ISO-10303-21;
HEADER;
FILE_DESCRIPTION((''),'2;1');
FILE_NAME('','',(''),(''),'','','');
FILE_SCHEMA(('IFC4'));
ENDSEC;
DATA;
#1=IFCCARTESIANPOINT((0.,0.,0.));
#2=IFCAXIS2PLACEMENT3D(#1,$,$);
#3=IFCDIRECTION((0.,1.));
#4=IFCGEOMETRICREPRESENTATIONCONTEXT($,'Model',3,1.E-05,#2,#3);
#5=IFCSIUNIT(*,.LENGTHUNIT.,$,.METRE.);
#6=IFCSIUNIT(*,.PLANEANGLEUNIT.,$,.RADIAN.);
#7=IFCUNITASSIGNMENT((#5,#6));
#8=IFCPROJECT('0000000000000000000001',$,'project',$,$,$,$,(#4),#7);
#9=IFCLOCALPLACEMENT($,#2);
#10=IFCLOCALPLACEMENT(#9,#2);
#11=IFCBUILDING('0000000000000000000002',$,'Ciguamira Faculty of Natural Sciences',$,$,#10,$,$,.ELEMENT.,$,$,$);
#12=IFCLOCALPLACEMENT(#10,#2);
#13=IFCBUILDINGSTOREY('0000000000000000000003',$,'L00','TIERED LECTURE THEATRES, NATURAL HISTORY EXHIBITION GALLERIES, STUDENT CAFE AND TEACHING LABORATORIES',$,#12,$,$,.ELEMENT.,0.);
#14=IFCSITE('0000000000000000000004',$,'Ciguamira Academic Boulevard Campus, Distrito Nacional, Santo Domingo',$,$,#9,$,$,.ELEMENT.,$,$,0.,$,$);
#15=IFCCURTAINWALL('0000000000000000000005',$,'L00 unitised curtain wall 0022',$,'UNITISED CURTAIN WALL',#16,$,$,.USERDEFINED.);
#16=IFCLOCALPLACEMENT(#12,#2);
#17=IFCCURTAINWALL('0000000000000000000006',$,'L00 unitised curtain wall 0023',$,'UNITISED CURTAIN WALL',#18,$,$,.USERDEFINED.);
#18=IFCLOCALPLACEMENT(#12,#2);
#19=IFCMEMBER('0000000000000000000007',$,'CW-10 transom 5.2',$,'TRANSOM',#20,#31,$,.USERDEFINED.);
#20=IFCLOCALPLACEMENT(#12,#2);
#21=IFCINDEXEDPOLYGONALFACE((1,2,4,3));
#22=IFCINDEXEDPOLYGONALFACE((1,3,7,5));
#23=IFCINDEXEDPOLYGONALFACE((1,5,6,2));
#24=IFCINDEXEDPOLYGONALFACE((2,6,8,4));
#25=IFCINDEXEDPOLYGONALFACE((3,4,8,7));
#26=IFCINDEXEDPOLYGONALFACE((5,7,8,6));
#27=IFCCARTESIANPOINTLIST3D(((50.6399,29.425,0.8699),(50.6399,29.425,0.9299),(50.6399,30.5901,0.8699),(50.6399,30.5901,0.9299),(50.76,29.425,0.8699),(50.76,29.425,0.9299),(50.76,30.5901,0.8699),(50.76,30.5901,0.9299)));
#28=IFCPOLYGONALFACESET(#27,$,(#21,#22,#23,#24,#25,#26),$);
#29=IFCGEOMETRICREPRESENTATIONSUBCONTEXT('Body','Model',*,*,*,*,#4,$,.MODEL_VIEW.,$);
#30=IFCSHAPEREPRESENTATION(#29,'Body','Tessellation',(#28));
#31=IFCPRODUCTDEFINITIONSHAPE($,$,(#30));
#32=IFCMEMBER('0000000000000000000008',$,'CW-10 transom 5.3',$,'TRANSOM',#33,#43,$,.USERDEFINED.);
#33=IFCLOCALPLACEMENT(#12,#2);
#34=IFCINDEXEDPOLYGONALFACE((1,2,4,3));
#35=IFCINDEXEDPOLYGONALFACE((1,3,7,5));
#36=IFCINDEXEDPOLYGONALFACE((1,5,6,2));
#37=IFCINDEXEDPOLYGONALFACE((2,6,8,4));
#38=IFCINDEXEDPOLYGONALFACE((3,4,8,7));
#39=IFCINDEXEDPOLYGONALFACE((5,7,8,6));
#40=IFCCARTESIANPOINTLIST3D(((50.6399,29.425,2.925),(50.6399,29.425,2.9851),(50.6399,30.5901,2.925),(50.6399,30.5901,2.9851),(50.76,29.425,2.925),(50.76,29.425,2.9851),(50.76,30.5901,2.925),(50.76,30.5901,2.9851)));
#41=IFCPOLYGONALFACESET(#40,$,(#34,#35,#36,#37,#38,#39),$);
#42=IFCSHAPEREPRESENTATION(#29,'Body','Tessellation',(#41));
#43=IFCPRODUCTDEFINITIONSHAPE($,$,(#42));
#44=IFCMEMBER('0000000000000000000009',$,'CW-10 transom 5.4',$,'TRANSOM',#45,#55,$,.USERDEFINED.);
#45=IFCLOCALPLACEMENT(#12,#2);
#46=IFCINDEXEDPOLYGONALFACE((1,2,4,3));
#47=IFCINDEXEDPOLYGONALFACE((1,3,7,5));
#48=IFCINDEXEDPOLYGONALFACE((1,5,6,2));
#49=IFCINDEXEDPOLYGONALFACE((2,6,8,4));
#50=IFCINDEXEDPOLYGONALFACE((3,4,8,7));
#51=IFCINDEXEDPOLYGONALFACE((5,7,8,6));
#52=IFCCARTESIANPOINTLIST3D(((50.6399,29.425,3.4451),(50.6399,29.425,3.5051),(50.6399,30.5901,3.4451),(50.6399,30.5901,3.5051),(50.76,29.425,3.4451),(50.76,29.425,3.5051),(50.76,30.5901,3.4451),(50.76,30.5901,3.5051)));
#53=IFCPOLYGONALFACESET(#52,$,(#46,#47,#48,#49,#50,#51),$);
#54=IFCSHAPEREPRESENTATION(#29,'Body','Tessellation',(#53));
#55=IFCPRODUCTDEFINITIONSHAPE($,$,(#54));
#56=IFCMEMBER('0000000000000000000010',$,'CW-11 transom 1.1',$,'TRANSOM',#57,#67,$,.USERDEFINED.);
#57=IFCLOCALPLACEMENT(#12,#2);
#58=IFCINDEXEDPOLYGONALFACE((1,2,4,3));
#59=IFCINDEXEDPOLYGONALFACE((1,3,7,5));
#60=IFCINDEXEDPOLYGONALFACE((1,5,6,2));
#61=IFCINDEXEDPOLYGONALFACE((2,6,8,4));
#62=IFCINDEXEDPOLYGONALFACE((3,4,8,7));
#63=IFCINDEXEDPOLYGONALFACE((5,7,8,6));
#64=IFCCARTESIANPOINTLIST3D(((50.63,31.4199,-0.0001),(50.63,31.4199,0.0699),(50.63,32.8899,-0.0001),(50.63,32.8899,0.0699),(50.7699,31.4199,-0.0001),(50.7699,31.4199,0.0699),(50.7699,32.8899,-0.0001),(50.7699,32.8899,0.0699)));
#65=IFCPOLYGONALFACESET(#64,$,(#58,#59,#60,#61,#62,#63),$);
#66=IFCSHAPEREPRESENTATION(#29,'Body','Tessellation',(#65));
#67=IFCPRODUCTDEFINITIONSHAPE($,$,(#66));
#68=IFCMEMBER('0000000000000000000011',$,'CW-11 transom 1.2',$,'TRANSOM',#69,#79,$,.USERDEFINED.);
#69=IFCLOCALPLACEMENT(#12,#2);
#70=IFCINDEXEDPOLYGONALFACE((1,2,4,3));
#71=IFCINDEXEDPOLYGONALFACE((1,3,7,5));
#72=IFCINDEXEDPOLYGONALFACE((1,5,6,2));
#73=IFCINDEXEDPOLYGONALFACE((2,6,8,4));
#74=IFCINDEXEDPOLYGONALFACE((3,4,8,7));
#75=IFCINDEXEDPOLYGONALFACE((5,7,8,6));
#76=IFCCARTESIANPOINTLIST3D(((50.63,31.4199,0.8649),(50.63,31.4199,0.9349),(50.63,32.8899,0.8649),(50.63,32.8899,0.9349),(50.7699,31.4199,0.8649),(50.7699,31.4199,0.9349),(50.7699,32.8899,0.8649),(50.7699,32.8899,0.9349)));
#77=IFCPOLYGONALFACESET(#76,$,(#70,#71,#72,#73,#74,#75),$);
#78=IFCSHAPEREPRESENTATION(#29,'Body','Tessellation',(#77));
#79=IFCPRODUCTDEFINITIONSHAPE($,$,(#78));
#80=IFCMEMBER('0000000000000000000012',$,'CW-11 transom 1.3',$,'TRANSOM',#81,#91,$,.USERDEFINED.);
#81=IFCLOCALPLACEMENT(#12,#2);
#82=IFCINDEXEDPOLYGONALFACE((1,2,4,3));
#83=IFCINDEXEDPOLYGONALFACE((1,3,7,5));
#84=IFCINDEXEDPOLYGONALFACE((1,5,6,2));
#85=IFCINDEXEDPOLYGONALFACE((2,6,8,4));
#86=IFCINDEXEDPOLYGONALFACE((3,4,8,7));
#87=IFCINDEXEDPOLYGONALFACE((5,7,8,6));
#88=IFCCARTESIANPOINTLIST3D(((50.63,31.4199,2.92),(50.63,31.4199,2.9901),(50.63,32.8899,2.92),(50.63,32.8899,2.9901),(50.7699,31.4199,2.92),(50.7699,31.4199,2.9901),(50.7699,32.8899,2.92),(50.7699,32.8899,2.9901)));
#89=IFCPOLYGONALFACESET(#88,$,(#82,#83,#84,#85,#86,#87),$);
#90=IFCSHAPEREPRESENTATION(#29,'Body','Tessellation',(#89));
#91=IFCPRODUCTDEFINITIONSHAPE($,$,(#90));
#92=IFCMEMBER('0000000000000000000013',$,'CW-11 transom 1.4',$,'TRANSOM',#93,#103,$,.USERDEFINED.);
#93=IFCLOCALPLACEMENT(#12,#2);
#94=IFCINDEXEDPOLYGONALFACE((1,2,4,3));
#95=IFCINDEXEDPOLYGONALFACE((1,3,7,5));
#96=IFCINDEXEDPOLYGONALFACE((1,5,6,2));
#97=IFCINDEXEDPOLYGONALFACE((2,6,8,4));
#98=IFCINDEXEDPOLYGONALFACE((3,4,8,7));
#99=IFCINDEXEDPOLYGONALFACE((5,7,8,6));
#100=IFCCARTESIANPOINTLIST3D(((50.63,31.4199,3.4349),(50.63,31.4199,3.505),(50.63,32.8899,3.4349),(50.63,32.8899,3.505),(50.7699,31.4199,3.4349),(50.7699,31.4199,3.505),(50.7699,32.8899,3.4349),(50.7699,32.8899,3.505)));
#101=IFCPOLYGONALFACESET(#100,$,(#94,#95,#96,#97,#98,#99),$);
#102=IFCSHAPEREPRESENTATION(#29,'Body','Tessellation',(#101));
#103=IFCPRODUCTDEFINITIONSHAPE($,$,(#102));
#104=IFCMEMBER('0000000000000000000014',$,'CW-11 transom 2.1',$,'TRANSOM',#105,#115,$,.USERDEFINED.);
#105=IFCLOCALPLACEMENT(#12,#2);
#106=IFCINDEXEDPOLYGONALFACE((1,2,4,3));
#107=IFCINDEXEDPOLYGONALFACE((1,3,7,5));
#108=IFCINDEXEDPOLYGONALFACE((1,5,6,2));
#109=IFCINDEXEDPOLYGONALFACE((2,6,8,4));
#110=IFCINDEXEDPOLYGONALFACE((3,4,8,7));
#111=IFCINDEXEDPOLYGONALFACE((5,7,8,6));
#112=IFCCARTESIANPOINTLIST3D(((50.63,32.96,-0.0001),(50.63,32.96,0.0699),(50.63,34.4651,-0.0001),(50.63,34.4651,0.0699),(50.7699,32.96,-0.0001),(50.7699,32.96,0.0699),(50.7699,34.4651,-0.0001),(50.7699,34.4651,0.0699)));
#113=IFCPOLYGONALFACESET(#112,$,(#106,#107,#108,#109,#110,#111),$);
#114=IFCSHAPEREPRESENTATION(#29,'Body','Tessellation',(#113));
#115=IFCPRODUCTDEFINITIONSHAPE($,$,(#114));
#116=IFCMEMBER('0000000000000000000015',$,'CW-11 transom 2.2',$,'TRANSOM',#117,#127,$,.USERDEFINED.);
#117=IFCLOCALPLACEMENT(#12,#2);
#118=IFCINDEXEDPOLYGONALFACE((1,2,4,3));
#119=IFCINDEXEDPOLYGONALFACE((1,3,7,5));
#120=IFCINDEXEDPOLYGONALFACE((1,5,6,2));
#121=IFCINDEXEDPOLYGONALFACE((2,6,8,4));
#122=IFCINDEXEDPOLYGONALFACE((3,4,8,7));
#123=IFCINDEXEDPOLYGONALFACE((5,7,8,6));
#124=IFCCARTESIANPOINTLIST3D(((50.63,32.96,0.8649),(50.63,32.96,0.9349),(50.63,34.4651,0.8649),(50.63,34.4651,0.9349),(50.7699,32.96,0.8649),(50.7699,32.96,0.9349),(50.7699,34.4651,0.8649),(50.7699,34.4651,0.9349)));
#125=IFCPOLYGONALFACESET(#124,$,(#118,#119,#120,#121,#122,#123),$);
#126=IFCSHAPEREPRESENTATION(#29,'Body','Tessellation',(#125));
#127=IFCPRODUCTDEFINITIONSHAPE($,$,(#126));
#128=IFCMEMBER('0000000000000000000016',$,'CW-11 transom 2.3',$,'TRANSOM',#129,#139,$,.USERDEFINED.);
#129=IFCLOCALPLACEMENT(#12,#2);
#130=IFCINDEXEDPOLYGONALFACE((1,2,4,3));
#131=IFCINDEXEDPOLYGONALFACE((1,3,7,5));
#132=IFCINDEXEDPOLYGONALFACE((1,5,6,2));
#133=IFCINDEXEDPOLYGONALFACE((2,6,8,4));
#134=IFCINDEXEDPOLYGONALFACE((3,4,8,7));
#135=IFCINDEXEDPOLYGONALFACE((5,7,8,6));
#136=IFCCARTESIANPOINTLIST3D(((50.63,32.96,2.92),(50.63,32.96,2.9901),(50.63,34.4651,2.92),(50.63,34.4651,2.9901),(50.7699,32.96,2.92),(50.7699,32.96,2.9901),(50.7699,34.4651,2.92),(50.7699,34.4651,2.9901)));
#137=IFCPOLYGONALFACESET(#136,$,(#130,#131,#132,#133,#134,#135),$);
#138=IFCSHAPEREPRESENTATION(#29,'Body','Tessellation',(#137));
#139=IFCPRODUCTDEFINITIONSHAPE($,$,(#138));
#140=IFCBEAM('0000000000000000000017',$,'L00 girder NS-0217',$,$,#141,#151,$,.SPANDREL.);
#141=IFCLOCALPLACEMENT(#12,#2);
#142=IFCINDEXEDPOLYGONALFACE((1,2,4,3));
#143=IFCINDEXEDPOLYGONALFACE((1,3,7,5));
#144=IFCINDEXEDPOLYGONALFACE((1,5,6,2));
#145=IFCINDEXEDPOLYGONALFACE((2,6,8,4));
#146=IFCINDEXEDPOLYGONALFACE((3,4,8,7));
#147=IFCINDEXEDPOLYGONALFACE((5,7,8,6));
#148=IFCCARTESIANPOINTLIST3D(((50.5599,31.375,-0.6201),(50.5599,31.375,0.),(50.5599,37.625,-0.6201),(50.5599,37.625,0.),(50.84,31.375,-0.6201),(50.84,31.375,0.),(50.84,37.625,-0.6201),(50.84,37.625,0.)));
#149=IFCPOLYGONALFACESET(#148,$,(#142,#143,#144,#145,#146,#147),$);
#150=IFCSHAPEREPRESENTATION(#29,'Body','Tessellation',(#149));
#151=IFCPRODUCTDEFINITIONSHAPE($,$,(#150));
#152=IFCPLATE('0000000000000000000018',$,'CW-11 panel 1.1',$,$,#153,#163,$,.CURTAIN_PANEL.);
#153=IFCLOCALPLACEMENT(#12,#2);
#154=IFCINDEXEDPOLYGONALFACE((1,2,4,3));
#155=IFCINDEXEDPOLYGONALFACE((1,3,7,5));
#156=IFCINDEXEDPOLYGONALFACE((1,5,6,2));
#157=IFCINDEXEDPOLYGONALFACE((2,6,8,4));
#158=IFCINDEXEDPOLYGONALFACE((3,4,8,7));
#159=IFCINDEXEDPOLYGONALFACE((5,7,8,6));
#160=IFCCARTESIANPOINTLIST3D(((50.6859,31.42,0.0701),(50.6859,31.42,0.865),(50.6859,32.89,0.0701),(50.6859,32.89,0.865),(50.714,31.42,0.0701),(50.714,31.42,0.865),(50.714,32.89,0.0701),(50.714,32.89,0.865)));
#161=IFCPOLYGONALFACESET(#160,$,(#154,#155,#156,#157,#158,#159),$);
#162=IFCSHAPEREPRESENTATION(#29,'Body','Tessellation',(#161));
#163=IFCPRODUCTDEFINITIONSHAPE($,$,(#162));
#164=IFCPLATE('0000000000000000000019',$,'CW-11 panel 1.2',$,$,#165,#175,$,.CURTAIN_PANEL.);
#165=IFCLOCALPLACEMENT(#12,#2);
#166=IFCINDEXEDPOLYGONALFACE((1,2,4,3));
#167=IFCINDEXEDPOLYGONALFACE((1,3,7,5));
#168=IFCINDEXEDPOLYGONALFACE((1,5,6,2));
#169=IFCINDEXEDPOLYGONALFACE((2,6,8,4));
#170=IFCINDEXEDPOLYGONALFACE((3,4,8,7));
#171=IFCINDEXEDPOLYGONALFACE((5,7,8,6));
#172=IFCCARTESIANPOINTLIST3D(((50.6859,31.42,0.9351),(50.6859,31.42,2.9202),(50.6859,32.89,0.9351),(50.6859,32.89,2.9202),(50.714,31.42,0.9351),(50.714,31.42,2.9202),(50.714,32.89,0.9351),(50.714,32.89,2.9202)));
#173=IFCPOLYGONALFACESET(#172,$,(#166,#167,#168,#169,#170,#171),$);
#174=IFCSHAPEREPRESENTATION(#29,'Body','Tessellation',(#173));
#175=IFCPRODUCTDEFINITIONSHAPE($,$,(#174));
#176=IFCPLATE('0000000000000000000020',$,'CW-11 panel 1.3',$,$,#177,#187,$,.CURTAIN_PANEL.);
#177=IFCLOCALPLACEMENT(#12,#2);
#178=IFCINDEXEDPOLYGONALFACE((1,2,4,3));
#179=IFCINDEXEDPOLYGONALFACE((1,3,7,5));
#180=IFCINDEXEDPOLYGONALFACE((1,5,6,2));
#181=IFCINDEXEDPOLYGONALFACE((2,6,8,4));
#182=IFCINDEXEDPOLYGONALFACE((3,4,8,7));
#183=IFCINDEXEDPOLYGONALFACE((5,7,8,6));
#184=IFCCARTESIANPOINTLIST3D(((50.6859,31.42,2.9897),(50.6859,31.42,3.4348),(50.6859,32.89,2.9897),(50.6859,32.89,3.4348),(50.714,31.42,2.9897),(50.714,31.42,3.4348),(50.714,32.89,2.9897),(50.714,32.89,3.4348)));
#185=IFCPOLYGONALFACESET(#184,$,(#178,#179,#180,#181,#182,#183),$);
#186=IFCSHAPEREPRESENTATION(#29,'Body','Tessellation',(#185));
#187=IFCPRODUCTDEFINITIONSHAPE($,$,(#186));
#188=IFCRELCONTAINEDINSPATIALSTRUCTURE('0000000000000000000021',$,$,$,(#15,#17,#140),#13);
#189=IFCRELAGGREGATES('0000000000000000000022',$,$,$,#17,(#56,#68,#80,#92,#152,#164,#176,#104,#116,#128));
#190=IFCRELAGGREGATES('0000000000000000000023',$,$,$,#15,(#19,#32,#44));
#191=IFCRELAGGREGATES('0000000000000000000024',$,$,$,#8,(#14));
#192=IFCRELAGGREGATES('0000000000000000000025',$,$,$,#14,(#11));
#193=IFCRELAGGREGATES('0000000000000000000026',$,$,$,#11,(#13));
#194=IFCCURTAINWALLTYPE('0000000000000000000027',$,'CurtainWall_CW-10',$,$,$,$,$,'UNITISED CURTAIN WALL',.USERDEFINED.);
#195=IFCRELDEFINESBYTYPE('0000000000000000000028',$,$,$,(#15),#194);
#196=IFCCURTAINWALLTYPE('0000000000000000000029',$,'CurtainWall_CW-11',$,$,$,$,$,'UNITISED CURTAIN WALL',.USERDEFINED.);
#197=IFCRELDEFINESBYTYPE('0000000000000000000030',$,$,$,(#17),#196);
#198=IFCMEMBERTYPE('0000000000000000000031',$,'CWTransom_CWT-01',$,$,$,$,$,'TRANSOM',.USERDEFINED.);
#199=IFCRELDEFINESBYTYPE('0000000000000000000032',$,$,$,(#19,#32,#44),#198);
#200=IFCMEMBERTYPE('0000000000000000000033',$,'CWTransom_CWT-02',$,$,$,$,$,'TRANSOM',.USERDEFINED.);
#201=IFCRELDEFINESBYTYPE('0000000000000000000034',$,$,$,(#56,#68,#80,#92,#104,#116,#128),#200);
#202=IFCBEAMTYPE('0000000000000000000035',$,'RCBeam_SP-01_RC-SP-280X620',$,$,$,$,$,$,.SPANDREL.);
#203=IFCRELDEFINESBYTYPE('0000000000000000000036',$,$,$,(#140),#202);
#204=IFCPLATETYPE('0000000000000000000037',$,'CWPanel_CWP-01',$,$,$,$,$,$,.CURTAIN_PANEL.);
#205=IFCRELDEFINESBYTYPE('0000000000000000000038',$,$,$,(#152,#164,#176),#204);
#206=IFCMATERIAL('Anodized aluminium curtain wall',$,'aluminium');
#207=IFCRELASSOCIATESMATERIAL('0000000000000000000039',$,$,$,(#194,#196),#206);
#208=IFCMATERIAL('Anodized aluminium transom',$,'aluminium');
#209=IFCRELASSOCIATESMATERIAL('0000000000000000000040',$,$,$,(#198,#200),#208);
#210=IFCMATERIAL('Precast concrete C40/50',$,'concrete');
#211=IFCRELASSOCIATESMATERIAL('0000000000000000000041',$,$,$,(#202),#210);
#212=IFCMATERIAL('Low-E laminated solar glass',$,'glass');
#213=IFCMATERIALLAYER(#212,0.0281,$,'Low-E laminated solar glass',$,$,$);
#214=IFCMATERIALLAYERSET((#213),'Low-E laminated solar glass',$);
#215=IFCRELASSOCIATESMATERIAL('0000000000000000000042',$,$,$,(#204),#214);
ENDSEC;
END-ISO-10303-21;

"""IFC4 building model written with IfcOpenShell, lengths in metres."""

from ifc_helpers import new_model, si_unit, direction, frame, origin, origin_2d, place, context, subcontext, project, spatial, rectangle, extrude, material, layer, layer_set, material_profile, profile_set, type_object, element, aggregate, save


model = new_model("IFC4")

# Units and contexts
model_context = context("Model", 3, precision=1e-05, world=origin(), true_north=direction((0.0, 1.0)))
body_context = subcontext(model_context, "Body", "Model", "MODEL_VIEW")
ifc_project = project(units=[si_unit("LENGTHUNIT", "METRE"), si_unit("PLANEANGLEUNIT", "RADIAN")], contexts=[model_context])

# Site, building, storey
site_placement = place(None, origin())
site = spatial("IfcSite", under=ifc_project, at=site_placement, Name="Ciguamira Academic Boulevard Campus, Distrito Nacional, Santo Domingo", CompositionType="ELEMENT", RefElevation=0.0)
building_placement = place(site_placement, origin())
building = spatial("IfcBuilding", under=site, at=building_placement, Name="Ciguamira Faculty of Natural Sciences", CompositionType="ELEMENT")
storey_placement = place(building_placement, origin())
storey = spatial("IfcBuildingStorey", under=building, at=storey_placement, Name="L00", Description="TIERED LECTURE THEATRES, NATURAL HISTORY EXHIBITION GALLERIES, STUDENT CAFE AND TEACHING LABORATORIES", CompositionType="ELEMENT", Elevation=0.0)

# Curtain walls
ifc_material_1 = material(Name="Anodized aluminium curtain wall", Category="aluminium")
curtain_wall_type_1 = type_object("IfcCurtainWallType", Name="CurtainWall_CW-10", ElementType="UNITISED CURTAIN WALL", PredefinedType="USERDEFINED", material=ifc_material_1)
curtain_wall_1_placement = place(storey_placement, origin())
curtain_wall_1 = element("IfcCurtainWall", 1, at=curtain_wall_1_placement, inside=storey, type_object=curtain_wall_type_1, Name="L00 unitised curtain wall 0022", ObjectType="UNITISED CURTAIN WALL", PredefinedType="USERDEFINED")
curtain_wall_type_2 = type_object("IfcCurtainWallType", Name="CurtainWall_CW-11", ElementType="UNITISED CURTAIN WALL", PredefinedType="USERDEFINED", material=ifc_material_1)
curtain_wall_2_placement = place(storey_placement, origin())
curtain_wall_2 = element("IfcCurtainWall", 2, at=curtain_wall_2_placement, inside=storey, type_object=curtain_wall_type_2, Name="L00 unitised curtain wall 0023", ObjectType="UNITISED CURTAIN WALL", PredefinedType="USERDEFINED")

# Members
ifc_material_2 = material(Name="Anodized aluminium transom", Category="aluminium")
ifc_material_profile_1 = material_profile(ifc_material_2, rectangle(XDim=0.0601, YDim=0.1201, at=origin_2d()), Name="ALU-TRN-60X120")
ifc_profile_set_1 = profile_set([ifc_material_profile_1], Name="Anodized aluminium transom")
member_type_1 = type_object("IfcMemberType", Name="CWTransom_CWT-01", ElementType="TRANSOM", PredefinedType="USERDEFINED", material=ifc_profile_set_1)
member_1_placement = place(storey_placement, frame((50.7, 29.425, 0.8999), z_axis=(0.0, 1.0, 0.0), x_axis=(0.0, 0.0, 1.0)))
member_1 = element("IfcMember", 3, at=member_1_placement, type_object=member_type_1, Name="CW-10 transom 5.2", ObjectType="TRANSOM", PredefinedType="USERDEFINED", context=body_context, shape_type="SweptSolid", body=[
    extrude(rectangle(XDim=0.0601, YDim=0.1201, at=origin_2d()), origin(), (0.0, 0.0, 1.0), 1.165),
])
member_2_placement = place(storey_placement, frame((50.7, 29.425, 2.9551), z_axis=(0.0, 1.0, 0.0), x_axis=(0.0, 0.0, 1.0)))
member_2 = element("IfcMember", 4, at=member_2_placement, type_object=member_type_1, Name="CW-10 transom 5.3", ObjectType="TRANSOM", PredefinedType="USERDEFINED", context=body_context, shape_type="SweptSolid", body=[
    extrude(rectangle(XDim=0.0601, YDim=0.1201, at=origin_2d()), origin(), (0.0, 0.0, 1.0), 1.165),
])
member_3_placement = place(storey_placement, frame((50.7, 29.425, 3.4751), z_axis=(0.0, 1.0, 0.0), x_axis=(0.0, 0.0, 1.0)))
member_3 = element("IfcMember", 5, at=member_3_placement, type_object=member_type_1, Name="CW-10 transom 5.4", ObjectType="TRANSOM", PredefinedType="USERDEFINED", context=body_context, shape_type="SweptSolid", body=[
    extrude(rectangle(XDim=0.0601, YDim=0.1201, at=origin_2d()), origin(), (0.0, 0.0, 1.0), 1.165),
])
ifc_material_profile_2 = material_profile(ifc_material_2, rectangle(XDim=0.0701, YDim=0.1399, at=origin_2d()), Name="ALU-TRN-70X140")
ifc_profile_set_2 = profile_set([ifc_material_profile_2], Name="Anodized aluminium transom")
member_type_2 = type_object("IfcMemberType", Name="CWTransom_CWT-02", ElementType="TRANSOM", PredefinedType="USERDEFINED", material=ifc_profile_set_2)
member_4_placement = place(storey_placement, frame((50.7, 31.4199, 0.0349), z_axis=(0.0, 1.0, 0.0), x_axis=(0.0, 0.0, 1.0)))
member_4 = element("IfcMember", 6, at=member_4_placement, type_object=member_type_2, Name="CW-11 transom 1.1", ObjectType="TRANSOM", PredefinedType="USERDEFINED", context=body_context, shape_type="SweptSolid", body=[
    extrude(rectangle(XDim=0.0701, YDim=0.1399, at=origin_2d()), origin(), (0.0, 0.0, 1.0), 1.47),
])
member_5_placement = place(storey_placement, frame((50.7, 31.4199, 0.8999), z_axis=(0.0, 1.0, 0.0), x_axis=(0.0, 0.0, 1.0)))
member_5 = element("IfcMember", 7, at=member_5_placement, type_object=member_type_2, Name="CW-11 transom 1.2", ObjectType="TRANSOM", PredefinedType="USERDEFINED", context=body_context, shape_type="SweptSolid", body=[
    extrude(rectangle(XDim=0.0701, YDim=0.1399, at=origin_2d()), origin(), (0.0, 0.0, 1.0), 1.47),
])
member_6_placement = place(storey_placement, frame((50.7, 31.4199, 2.9551), z_axis=(0.0, 1.0, 0.0), x_axis=(0.0, 0.0, 1.0)))
member_6 = element("IfcMember", 8, at=member_6_placement, type_object=member_type_2, Name="CW-11 transom 1.3", ObjectType="TRANSOM", PredefinedType="USERDEFINED", context=body_context, shape_type="SweptSolid", body=[
    extrude(rectangle(XDim=0.0701, YDim=0.1399, at=origin_2d()), origin(), (0.0, 0.0, 1.0), 1.47),
])
member_7_placement = place(storey_placement, frame((50.7, 31.4199, 3.47), z_axis=(0.0, 1.0, 0.0), x_axis=(0.0, 0.0, 1.0)))
member_7 = element("IfcMember", 9, at=member_7_placement, type_object=member_type_2, Name="CW-11 transom 1.4", ObjectType="TRANSOM", PredefinedType="USERDEFINED", context=body_context, shape_type="SweptSolid", body=[
    extrude(rectangle(XDim=0.0701, YDim=0.1399, at=origin_2d()), origin(), (0.0, 0.0, 1.0), 1.47),
])
member_8_placement = place(storey_placement, frame((50.7, 32.96, 0.0349), z_axis=(0.0, 1.0, 0.0), x_axis=(0.0, 0.0, 1.0)))
member_8 = element("IfcMember", 10, at=member_8_placement, type_object=member_type_2, Name="CW-11 transom 2.1", ObjectType="TRANSOM", PredefinedType="USERDEFINED", context=body_context, shape_type="SweptSolid", body=[
    extrude(rectangle(XDim=0.0701, YDim=0.1399, at=origin_2d()), origin(), (0.0, 0.0, 1.0), 1.5051),
])
member_9_placement = place(storey_placement, frame((50.7, 32.96, 0.8999), z_axis=(0.0, 1.0, 0.0), x_axis=(0.0, 0.0, 1.0)))
member_9 = element("IfcMember", 11, at=member_9_placement, type_object=member_type_2, Name="CW-11 transom 2.2", ObjectType="TRANSOM", PredefinedType="USERDEFINED", context=body_context, shape_type="SweptSolid", body=[
    extrude(rectangle(XDim=0.0701, YDim=0.1399, at=origin_2d()), origin(), (0.0, 0.0, 1.0), 1.5051),
])
member_10_placement = place(storey_placement, frame((50.7, 32.96, 2.9551), z_axis=(0.0, 1.0, 0.0), x_axis=(0.0, 0.0, 1.0)))
member_10 = element("IfcMember", 12, at=member_10_placement, type_object=member_type_2, Name="CW-11 transom 2.3", ObjectType="TRANSOM", PredefinedType="USERDEFINED", context=body_context, shape_type="SweptSolid", body=[
    extrude(rectangle(XDim=0.0701, YDim=0.1399, at=origin_2d()), origin(), (0.0, 0.0, 1.0), 1.5051),
])

# Beam
ifc_material_3 = material(Name="Precast concrete C40/50", Category="concrete")
ifc_material_profile_3 = material_profile(ifc_material_3, rectangle(XDim=0.28, YDim=0.6201, at=origin_2d()), Name="RC-SP-280X620")
ifc_profile_set_3 = profile_set([ifc_material_profile_3], Name="Precast concrete C40/50")
beam_type = type_object("IfcBeamType", Name="RCBeam_SP-01_RC-SP-280X620", PredefinedType="SPANDREL", material=ifc_profile_set_3)
beam_placement = place(storey_placement, frame((50.7, 31.375, -0.3101), z_axis=(0.0, 1.0, 0.0), x_axis=(-1.0, 0.0, 0.0)))
element("IfcBeam", 13, at=beam_placement, inside=storey, type_object=beam_type, Name="L00 girder NS-0217", PredefinedType="SPANDREL", context=body_context, shape_type="SweptSolid", body=[
    extrude(rectangle(XDim=0.28, YDim=0.6201, at=origin_2d()), origin(), (0.0, 0.0, 1.0), 6.25),
])

# Plates
ifc_material_4 = material(Name="Low-E laminated solar glass", Category="glass")
ifc_layer_1 = layer(ifc_material_4, 0.0281, Name="Low-E laminated solar glass")
ifc_layer_set_1 = layer_set([ifc_layer_1], Name="Low-E laminated solar glass")
plate_type_1 = type_object("IfcPlateType", Name="CWPanel_CWP-01", PredefinedType="CURTAIN_PANEL", material=ifc_layer_set_1)
plate_1_placement = place(storey_placement, frame((50.7, 32.155, 0.0701), z_axis=(0.0, 0.0, 1.0), x_axis=(0.0, 1.0, 0.0)))
plate_1 = element("IfcPlate", 14, at=plate_1_placement, type_object=plate_type_1, Name="CW-11 panel 1.1", PredefinedType="CURTAIN_PANEL", context=body_context, shape_type="SweptSolid", body=[
    extrude(rectangle(XDim=1.47, YDim=0.0281, at=origin_2d()), origin(), (0.0, 0.0, 1.0), 0.7949),
])
plate_2_placement = place(storey_placement, frame((50.7, 32.155, 0.9351), z_axis=(0.0, 0.0, 1.0), x_axis=(0.0, 1.0, 0.0)))
plate_2 = element("IfcPlate", 15, at=plate_2_placement, type_object=plate_type_1, Name="CW-11 panel 1.2", PredefinedType="CURTAIN_PANEL", context=body_context, shape_type="SweptSolid", body=[
    extrude(rectangle(XDim=1.47, YDim=0.0281, at=origin_2d()), origin(), (0.0, 0.0, 1.0), 1.9851),
])
plate_3_placement = place(storey_placement, frame((50.7, 32.155, 2.9897), z_axis=(0.0, 0.0, 1.0), x_axis=(0.0, 1.0, 0.0)))
plate_3 = element("IfcPlate", 16, at=plate_3_placement, type_object=plate_type_1, Name="CW-11 panel 1.3", PredefinedType="CURTAIN_PANEL", context=body_context, shape_type="SweptSolid", body=[
    extrude(rectangle(XDim=1.47, YDim=0.0281, at=origin_2d()), origin(), (0.0, 0.0, 1.0), 0.4451),
])
aggregate(curtain_wall_2, [member_4, member_5, member_6, member_7, plate_1, plate_2, plate_3, member_8, member_9, member_10])
aggregate(curtain_wall_1, [member_1, member_2, member_3])

save(model, "model.ifc")
